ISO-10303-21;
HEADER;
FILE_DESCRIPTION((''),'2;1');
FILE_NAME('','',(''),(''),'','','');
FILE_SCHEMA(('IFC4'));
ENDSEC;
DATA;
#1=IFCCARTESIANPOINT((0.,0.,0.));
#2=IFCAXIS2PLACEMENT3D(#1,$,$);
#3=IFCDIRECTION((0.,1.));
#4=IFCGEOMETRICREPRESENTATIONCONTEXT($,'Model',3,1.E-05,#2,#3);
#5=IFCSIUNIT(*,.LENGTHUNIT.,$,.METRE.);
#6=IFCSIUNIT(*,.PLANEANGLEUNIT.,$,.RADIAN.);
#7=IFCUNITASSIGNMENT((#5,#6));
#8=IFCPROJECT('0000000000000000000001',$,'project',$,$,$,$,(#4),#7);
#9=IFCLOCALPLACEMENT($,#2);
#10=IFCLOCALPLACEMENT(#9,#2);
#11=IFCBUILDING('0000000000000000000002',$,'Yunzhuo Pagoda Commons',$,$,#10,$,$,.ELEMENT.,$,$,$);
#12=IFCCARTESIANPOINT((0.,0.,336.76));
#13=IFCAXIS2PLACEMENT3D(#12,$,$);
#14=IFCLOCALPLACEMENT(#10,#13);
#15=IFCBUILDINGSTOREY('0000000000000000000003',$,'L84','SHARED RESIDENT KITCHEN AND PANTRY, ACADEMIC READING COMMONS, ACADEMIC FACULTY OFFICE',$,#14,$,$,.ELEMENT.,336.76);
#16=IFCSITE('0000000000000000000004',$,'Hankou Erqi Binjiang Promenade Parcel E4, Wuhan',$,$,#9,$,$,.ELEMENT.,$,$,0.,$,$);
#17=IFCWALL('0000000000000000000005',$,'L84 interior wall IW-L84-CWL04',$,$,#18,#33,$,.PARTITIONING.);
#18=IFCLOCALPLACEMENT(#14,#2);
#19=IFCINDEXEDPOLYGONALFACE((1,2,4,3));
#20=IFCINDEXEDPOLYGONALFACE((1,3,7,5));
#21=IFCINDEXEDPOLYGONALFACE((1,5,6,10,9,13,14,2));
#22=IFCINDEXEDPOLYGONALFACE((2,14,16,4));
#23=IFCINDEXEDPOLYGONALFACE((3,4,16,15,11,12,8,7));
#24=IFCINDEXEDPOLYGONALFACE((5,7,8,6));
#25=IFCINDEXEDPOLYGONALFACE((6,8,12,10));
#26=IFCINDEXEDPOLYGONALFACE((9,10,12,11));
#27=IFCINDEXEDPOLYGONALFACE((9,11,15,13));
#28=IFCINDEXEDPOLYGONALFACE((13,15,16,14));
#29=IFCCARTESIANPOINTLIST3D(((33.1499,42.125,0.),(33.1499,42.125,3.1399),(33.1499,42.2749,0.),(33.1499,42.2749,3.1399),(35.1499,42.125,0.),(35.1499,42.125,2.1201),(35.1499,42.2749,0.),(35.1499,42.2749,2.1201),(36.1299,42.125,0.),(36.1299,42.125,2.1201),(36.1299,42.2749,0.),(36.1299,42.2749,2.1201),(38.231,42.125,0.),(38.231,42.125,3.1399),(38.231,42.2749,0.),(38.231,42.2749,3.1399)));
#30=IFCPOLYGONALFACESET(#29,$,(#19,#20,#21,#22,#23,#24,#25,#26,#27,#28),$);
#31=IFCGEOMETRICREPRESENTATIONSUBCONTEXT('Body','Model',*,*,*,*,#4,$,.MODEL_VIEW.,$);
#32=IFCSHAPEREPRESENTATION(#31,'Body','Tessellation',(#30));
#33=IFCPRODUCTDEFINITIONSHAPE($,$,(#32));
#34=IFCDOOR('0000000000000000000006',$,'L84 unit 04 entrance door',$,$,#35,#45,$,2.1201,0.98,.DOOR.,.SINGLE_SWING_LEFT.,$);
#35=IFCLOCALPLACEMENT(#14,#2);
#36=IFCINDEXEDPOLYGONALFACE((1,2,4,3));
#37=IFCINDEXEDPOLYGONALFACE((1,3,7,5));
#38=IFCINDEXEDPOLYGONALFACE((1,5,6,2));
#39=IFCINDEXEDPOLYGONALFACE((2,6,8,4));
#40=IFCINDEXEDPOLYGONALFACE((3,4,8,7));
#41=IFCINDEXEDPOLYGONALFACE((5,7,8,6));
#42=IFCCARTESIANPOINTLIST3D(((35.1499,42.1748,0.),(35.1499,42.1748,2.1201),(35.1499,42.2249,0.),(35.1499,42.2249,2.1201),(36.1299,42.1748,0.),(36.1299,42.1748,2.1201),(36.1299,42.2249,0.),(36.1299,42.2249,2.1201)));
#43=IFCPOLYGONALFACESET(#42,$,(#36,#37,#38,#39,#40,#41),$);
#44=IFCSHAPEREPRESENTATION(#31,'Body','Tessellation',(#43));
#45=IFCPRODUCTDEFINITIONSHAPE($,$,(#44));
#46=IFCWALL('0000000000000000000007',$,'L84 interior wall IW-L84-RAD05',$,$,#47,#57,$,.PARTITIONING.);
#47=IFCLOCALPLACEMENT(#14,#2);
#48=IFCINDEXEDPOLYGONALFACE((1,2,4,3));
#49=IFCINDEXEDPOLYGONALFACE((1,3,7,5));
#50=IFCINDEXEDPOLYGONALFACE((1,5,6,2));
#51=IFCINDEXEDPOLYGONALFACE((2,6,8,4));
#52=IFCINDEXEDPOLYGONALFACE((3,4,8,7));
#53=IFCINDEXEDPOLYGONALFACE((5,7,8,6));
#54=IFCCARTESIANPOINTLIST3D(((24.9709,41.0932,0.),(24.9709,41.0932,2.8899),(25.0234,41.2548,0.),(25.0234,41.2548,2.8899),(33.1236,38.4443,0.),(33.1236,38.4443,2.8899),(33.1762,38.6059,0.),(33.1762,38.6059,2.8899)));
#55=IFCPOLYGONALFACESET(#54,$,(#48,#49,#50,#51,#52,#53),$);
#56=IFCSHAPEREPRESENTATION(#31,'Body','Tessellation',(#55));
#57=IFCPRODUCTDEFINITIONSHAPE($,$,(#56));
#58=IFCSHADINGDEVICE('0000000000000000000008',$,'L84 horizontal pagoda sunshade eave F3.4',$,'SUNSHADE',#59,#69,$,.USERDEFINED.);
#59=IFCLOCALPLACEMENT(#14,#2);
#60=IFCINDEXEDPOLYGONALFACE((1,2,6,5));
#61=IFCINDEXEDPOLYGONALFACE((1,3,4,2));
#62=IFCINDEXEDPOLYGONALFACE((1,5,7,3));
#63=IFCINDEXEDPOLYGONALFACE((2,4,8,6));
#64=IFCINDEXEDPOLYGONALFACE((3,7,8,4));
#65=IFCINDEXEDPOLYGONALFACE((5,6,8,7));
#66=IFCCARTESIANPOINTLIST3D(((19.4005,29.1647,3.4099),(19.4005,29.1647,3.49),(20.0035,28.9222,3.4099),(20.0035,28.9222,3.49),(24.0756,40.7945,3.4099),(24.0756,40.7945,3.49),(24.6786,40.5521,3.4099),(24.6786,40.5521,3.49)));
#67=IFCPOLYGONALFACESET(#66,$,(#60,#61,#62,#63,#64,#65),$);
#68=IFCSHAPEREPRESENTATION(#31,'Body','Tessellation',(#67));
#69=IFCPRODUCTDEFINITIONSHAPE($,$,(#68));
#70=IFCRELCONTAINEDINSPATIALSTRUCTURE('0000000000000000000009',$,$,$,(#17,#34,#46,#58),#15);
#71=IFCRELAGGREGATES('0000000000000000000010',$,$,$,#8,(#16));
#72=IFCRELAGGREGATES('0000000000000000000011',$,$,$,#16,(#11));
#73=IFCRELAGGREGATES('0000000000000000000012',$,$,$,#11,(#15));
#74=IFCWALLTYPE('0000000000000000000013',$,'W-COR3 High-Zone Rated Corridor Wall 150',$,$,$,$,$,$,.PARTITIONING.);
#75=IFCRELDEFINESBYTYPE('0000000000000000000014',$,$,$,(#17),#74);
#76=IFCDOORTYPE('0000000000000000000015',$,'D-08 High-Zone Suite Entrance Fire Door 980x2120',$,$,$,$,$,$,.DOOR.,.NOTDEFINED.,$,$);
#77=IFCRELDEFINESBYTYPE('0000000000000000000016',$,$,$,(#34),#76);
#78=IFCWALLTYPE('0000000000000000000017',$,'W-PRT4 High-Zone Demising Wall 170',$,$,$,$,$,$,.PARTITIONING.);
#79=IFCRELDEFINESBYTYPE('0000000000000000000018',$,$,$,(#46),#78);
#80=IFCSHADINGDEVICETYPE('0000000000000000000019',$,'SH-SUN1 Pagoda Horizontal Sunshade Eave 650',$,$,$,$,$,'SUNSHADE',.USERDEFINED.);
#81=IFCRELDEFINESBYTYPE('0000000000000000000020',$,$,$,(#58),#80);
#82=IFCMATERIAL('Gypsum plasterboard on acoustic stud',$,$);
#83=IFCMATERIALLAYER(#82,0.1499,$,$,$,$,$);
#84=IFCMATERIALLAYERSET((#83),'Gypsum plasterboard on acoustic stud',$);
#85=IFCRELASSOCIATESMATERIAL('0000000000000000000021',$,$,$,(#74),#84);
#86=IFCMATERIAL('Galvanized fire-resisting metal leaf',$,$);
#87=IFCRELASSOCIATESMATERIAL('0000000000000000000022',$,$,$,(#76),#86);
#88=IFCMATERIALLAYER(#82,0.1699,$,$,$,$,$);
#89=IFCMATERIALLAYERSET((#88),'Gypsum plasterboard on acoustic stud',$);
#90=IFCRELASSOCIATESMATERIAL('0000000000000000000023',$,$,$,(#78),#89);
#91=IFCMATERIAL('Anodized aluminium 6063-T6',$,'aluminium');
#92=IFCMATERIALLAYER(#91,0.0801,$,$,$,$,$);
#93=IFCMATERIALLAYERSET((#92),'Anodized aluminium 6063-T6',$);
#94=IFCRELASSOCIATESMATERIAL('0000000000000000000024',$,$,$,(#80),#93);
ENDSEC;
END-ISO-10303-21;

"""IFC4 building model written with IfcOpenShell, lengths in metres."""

from ifc_helpers import new_model, si_unit, direction, frame, frame_2d, origin, origin_with_axes, origin_2d, place, context, subcontext, project, spatial, rectangle, extrude, source, transform, mapped, material, layer, layer_set, type_object, element, fill, save


model = new_model("IFC4")

# Units and contexts
model_context = context("Model", 3, precision=1e-05, world=origin(), true_north=direction((0.0, 1.0)))
body_context = subcontext(model_context, "Body", "Model", "MODEL_VIEW")
ifc_project = project(units=[si_unit("LENGTHUNIT", "METRE"), si_unit("PLANEANGLEUNIT", "RADIAN")], contexts=[model_context])

# Site, building, storey
site_placement = place(None, origin())
site = spatial("IfcSite", under=ifc_project, at=site_placement, Name="Hankou Erqi Binjiang Promenade Parcel E4, Wuhan", CompositionType="ELEMENT", RefElevation=0.0)
building_placement = place(site_placement, origin())
building = spatial("IfcBuilding", under=site, at=building_placement, Name="Yunzhuo Pagoda Commons", CompositionType="ELEMENT")
storey_placement = place(building_placement, frame((0.0, 0.0, 336.76)))
storey = spatial("IfcBuildingStorey", under=building, at=storey_placement, Name="L84", Description="SHARED RESIDENT KITCHEN AND PANTRY, ACADEMIC READING COMMONS, ACADEMIC FACULTY OFFICE", CompositionType="ELEMENT", Elevation=336.76)

# Shared definitions
ifc_material_1 = material(Name="Anodized aluminium 6063-T6", Category="aluminium")

# Shared definitions
ifc_material_2 = material(Name="Gypsum plasterboard on acoustic stud")
ifc_layer_1 = layer(ifc_material_2, 0.1499)
ifc_layer_set_1 = layer_set([ifc_layer_1], Name="Gypsum plasterboard on acoustic stud")
wall_type_1 = type_object("IfcWallType", Name="W-COR3 High-Zone Rated Corridor Wall 150", PredefinedType="PARTITIONING", material=ifc_layer_set_1)
ifc_material_3 = material(Name="Galvanized fire-resisting metal leaf")
door_type = type_object("IfcDoorType", Name="D-08 High-Zone Suite Entrance Fire Door 980x2120", OperationType="NOTDEFINED", PredefinedType="DOOR", material=ifc_material_3)
shared_shape_1 = source(origin(), body_context, "Body", "SweptSolid", [
    extrude(rectangle(XDim=0.98, YDim=2.1201, at=frame_2d((0.49, 1.0601))), frame((0.0, 0.0249, 0.0), z_axis=(0.0, -1.0, 0.0), x_axis=(1.0, 0.0, 0.0)), (0.0, 0.0, 1.0), 0.05),
])

# Wall, opening, door
wall_1_placement = place(storey_placement, frame((33.1499, 42.2, 0.0), z_axis=(0.0, 0.0, 1.0), x_axis=(1.0, 0.0, 0.0)))
wall_1 = element("IfcWall", 1, at=wall_1_placement, inside=storey, type_object=wall_type_1, Name="L84 interior wall IW-L84-CWL04", PredefinedType="PARTITIONING", context=body_context, shape_type="SweptSolid", body=[
    extrude(rectangle(XDim=5.0811, YDim=0.1499, at=frame_2d((2.5405, 0.0))), origin(), (0.0, 0.0, 1.0), 3.1399),
])
opening_1_placement = place(wall_1_placement, frame((2.0, 0.0, 0.0)))
opening_1 = element("IfcOpeningElement", 2, at=opening_1_placement, cuts=wall_1, PredefinedType="OPENING", context=body_context, shape_type="SweptSolid", body=[
    extrude(rectangle(XDim=0.98, YDim=2.1201, at=frame_2d((0.49, 1.0601))), frame((0.0, 0.085, 0.0), z_axis=(0.0, -1.0, 0.0), x_axis=(1.0, 0.0, 0.0)), (0.0, 0.0, 1.0), 0.1699),
])
door_1_placement = place(opening_1_placement, origin_with_axes())
door_1 = element("IfcDoor", 3, at=door_1_placement, inside=storey, type_object=door_type, Name="L84 unit 04 entrance door", OperationType="SINGLE_SWING_LEFT", OverallHeight=2.1201, OverallWidth=0.98, PredefinedType="DOOR", context=body_context, shape_type="MappedRepresentation", body=[
    mapped(shared_shape_1, transform((0.0, 0.0, 0.0), scale=1.0)),
])
fill(opening_1, door_1)

# Wall
ifc_layer_2 = layer(ifc_material_2, 0.1699)
ifc_layer_set_2 = layer_set([ifc_layer_2], Name="Gypsum plasterboard on acoustic stud")
wall_type_2 = type_object("IfcWallType", Name="W-PRT4 High-Zone Demising Wall 170", PredefinedType="PARTITIONING", material=ifc_layer_set_2)
wall_2_placement = place(storey_placement, frame((33.1499, 38.5251, 0.0), z_axis=(0.0, 0.0, 1.0), x_axis=(-0.95106, 0.309008, 0.0)))
element("IfcWall", 4, at=wall_2_placement, inside=storey, type_object=wall_type_2, Name="L84 interior wall IW-L84-RAD05", PredefinedType="PARTITIONING", context=body_context, shape_type="SweptSolid", body=[
    extrude(rectangle(XDim=8.5723, YDim=0.1699, at=frame_2d((4.2861, 0.0))), origin(), (0.0, 0.0, 1.0), 2.8899),
])

# Shading device
ifc_layer_3 = layer(ifc_material_1, 0.0801)
ifc_layer_set_3 = layer_set([ifc_layer_3], Name="Anodized aluminium 6063-T6")
shading_device_type = type_object("IfcShadingDeviceType", Name="SH-SUN1 Pagoda Horizontal Sunshade Eave 650", ElementType="SUNSHADE", PredefinedType="USERDEFINED", material=ifc_layer_set_3)
shared_shape_2 = source(origin(), body_context, "Body", "SweptSolid", [
    extrude(rectangle(XDim=12.5344, YDim=0.6499, at=origin_2d()), origin(), (0.0, 0.0, 1.0), 0.0801),
])
shading_device_placement = place(storey_placement, frame((22.0396, 34.8584, 3.4099), z_axis=(0.0, 0.0, 1.0), x_axis=(-0.372988, -0.927836, 0.0)))
element("IfcShadingDevice", 5, at=shading_device_placement, inside=storey, type_object=shading_device_type, Name="L84 horizontal pagoda sunshade eave F3.4", ObjectType="SUNSHADE", PredefinedType="USERDEFINED", context=body_context, shape_type="MappedRepresentation", body=[
    mapped(shared_shape_2, transform((0.0, 0.0, 0.0), scale=1.0)),
])

save(model, "model.ifc")
